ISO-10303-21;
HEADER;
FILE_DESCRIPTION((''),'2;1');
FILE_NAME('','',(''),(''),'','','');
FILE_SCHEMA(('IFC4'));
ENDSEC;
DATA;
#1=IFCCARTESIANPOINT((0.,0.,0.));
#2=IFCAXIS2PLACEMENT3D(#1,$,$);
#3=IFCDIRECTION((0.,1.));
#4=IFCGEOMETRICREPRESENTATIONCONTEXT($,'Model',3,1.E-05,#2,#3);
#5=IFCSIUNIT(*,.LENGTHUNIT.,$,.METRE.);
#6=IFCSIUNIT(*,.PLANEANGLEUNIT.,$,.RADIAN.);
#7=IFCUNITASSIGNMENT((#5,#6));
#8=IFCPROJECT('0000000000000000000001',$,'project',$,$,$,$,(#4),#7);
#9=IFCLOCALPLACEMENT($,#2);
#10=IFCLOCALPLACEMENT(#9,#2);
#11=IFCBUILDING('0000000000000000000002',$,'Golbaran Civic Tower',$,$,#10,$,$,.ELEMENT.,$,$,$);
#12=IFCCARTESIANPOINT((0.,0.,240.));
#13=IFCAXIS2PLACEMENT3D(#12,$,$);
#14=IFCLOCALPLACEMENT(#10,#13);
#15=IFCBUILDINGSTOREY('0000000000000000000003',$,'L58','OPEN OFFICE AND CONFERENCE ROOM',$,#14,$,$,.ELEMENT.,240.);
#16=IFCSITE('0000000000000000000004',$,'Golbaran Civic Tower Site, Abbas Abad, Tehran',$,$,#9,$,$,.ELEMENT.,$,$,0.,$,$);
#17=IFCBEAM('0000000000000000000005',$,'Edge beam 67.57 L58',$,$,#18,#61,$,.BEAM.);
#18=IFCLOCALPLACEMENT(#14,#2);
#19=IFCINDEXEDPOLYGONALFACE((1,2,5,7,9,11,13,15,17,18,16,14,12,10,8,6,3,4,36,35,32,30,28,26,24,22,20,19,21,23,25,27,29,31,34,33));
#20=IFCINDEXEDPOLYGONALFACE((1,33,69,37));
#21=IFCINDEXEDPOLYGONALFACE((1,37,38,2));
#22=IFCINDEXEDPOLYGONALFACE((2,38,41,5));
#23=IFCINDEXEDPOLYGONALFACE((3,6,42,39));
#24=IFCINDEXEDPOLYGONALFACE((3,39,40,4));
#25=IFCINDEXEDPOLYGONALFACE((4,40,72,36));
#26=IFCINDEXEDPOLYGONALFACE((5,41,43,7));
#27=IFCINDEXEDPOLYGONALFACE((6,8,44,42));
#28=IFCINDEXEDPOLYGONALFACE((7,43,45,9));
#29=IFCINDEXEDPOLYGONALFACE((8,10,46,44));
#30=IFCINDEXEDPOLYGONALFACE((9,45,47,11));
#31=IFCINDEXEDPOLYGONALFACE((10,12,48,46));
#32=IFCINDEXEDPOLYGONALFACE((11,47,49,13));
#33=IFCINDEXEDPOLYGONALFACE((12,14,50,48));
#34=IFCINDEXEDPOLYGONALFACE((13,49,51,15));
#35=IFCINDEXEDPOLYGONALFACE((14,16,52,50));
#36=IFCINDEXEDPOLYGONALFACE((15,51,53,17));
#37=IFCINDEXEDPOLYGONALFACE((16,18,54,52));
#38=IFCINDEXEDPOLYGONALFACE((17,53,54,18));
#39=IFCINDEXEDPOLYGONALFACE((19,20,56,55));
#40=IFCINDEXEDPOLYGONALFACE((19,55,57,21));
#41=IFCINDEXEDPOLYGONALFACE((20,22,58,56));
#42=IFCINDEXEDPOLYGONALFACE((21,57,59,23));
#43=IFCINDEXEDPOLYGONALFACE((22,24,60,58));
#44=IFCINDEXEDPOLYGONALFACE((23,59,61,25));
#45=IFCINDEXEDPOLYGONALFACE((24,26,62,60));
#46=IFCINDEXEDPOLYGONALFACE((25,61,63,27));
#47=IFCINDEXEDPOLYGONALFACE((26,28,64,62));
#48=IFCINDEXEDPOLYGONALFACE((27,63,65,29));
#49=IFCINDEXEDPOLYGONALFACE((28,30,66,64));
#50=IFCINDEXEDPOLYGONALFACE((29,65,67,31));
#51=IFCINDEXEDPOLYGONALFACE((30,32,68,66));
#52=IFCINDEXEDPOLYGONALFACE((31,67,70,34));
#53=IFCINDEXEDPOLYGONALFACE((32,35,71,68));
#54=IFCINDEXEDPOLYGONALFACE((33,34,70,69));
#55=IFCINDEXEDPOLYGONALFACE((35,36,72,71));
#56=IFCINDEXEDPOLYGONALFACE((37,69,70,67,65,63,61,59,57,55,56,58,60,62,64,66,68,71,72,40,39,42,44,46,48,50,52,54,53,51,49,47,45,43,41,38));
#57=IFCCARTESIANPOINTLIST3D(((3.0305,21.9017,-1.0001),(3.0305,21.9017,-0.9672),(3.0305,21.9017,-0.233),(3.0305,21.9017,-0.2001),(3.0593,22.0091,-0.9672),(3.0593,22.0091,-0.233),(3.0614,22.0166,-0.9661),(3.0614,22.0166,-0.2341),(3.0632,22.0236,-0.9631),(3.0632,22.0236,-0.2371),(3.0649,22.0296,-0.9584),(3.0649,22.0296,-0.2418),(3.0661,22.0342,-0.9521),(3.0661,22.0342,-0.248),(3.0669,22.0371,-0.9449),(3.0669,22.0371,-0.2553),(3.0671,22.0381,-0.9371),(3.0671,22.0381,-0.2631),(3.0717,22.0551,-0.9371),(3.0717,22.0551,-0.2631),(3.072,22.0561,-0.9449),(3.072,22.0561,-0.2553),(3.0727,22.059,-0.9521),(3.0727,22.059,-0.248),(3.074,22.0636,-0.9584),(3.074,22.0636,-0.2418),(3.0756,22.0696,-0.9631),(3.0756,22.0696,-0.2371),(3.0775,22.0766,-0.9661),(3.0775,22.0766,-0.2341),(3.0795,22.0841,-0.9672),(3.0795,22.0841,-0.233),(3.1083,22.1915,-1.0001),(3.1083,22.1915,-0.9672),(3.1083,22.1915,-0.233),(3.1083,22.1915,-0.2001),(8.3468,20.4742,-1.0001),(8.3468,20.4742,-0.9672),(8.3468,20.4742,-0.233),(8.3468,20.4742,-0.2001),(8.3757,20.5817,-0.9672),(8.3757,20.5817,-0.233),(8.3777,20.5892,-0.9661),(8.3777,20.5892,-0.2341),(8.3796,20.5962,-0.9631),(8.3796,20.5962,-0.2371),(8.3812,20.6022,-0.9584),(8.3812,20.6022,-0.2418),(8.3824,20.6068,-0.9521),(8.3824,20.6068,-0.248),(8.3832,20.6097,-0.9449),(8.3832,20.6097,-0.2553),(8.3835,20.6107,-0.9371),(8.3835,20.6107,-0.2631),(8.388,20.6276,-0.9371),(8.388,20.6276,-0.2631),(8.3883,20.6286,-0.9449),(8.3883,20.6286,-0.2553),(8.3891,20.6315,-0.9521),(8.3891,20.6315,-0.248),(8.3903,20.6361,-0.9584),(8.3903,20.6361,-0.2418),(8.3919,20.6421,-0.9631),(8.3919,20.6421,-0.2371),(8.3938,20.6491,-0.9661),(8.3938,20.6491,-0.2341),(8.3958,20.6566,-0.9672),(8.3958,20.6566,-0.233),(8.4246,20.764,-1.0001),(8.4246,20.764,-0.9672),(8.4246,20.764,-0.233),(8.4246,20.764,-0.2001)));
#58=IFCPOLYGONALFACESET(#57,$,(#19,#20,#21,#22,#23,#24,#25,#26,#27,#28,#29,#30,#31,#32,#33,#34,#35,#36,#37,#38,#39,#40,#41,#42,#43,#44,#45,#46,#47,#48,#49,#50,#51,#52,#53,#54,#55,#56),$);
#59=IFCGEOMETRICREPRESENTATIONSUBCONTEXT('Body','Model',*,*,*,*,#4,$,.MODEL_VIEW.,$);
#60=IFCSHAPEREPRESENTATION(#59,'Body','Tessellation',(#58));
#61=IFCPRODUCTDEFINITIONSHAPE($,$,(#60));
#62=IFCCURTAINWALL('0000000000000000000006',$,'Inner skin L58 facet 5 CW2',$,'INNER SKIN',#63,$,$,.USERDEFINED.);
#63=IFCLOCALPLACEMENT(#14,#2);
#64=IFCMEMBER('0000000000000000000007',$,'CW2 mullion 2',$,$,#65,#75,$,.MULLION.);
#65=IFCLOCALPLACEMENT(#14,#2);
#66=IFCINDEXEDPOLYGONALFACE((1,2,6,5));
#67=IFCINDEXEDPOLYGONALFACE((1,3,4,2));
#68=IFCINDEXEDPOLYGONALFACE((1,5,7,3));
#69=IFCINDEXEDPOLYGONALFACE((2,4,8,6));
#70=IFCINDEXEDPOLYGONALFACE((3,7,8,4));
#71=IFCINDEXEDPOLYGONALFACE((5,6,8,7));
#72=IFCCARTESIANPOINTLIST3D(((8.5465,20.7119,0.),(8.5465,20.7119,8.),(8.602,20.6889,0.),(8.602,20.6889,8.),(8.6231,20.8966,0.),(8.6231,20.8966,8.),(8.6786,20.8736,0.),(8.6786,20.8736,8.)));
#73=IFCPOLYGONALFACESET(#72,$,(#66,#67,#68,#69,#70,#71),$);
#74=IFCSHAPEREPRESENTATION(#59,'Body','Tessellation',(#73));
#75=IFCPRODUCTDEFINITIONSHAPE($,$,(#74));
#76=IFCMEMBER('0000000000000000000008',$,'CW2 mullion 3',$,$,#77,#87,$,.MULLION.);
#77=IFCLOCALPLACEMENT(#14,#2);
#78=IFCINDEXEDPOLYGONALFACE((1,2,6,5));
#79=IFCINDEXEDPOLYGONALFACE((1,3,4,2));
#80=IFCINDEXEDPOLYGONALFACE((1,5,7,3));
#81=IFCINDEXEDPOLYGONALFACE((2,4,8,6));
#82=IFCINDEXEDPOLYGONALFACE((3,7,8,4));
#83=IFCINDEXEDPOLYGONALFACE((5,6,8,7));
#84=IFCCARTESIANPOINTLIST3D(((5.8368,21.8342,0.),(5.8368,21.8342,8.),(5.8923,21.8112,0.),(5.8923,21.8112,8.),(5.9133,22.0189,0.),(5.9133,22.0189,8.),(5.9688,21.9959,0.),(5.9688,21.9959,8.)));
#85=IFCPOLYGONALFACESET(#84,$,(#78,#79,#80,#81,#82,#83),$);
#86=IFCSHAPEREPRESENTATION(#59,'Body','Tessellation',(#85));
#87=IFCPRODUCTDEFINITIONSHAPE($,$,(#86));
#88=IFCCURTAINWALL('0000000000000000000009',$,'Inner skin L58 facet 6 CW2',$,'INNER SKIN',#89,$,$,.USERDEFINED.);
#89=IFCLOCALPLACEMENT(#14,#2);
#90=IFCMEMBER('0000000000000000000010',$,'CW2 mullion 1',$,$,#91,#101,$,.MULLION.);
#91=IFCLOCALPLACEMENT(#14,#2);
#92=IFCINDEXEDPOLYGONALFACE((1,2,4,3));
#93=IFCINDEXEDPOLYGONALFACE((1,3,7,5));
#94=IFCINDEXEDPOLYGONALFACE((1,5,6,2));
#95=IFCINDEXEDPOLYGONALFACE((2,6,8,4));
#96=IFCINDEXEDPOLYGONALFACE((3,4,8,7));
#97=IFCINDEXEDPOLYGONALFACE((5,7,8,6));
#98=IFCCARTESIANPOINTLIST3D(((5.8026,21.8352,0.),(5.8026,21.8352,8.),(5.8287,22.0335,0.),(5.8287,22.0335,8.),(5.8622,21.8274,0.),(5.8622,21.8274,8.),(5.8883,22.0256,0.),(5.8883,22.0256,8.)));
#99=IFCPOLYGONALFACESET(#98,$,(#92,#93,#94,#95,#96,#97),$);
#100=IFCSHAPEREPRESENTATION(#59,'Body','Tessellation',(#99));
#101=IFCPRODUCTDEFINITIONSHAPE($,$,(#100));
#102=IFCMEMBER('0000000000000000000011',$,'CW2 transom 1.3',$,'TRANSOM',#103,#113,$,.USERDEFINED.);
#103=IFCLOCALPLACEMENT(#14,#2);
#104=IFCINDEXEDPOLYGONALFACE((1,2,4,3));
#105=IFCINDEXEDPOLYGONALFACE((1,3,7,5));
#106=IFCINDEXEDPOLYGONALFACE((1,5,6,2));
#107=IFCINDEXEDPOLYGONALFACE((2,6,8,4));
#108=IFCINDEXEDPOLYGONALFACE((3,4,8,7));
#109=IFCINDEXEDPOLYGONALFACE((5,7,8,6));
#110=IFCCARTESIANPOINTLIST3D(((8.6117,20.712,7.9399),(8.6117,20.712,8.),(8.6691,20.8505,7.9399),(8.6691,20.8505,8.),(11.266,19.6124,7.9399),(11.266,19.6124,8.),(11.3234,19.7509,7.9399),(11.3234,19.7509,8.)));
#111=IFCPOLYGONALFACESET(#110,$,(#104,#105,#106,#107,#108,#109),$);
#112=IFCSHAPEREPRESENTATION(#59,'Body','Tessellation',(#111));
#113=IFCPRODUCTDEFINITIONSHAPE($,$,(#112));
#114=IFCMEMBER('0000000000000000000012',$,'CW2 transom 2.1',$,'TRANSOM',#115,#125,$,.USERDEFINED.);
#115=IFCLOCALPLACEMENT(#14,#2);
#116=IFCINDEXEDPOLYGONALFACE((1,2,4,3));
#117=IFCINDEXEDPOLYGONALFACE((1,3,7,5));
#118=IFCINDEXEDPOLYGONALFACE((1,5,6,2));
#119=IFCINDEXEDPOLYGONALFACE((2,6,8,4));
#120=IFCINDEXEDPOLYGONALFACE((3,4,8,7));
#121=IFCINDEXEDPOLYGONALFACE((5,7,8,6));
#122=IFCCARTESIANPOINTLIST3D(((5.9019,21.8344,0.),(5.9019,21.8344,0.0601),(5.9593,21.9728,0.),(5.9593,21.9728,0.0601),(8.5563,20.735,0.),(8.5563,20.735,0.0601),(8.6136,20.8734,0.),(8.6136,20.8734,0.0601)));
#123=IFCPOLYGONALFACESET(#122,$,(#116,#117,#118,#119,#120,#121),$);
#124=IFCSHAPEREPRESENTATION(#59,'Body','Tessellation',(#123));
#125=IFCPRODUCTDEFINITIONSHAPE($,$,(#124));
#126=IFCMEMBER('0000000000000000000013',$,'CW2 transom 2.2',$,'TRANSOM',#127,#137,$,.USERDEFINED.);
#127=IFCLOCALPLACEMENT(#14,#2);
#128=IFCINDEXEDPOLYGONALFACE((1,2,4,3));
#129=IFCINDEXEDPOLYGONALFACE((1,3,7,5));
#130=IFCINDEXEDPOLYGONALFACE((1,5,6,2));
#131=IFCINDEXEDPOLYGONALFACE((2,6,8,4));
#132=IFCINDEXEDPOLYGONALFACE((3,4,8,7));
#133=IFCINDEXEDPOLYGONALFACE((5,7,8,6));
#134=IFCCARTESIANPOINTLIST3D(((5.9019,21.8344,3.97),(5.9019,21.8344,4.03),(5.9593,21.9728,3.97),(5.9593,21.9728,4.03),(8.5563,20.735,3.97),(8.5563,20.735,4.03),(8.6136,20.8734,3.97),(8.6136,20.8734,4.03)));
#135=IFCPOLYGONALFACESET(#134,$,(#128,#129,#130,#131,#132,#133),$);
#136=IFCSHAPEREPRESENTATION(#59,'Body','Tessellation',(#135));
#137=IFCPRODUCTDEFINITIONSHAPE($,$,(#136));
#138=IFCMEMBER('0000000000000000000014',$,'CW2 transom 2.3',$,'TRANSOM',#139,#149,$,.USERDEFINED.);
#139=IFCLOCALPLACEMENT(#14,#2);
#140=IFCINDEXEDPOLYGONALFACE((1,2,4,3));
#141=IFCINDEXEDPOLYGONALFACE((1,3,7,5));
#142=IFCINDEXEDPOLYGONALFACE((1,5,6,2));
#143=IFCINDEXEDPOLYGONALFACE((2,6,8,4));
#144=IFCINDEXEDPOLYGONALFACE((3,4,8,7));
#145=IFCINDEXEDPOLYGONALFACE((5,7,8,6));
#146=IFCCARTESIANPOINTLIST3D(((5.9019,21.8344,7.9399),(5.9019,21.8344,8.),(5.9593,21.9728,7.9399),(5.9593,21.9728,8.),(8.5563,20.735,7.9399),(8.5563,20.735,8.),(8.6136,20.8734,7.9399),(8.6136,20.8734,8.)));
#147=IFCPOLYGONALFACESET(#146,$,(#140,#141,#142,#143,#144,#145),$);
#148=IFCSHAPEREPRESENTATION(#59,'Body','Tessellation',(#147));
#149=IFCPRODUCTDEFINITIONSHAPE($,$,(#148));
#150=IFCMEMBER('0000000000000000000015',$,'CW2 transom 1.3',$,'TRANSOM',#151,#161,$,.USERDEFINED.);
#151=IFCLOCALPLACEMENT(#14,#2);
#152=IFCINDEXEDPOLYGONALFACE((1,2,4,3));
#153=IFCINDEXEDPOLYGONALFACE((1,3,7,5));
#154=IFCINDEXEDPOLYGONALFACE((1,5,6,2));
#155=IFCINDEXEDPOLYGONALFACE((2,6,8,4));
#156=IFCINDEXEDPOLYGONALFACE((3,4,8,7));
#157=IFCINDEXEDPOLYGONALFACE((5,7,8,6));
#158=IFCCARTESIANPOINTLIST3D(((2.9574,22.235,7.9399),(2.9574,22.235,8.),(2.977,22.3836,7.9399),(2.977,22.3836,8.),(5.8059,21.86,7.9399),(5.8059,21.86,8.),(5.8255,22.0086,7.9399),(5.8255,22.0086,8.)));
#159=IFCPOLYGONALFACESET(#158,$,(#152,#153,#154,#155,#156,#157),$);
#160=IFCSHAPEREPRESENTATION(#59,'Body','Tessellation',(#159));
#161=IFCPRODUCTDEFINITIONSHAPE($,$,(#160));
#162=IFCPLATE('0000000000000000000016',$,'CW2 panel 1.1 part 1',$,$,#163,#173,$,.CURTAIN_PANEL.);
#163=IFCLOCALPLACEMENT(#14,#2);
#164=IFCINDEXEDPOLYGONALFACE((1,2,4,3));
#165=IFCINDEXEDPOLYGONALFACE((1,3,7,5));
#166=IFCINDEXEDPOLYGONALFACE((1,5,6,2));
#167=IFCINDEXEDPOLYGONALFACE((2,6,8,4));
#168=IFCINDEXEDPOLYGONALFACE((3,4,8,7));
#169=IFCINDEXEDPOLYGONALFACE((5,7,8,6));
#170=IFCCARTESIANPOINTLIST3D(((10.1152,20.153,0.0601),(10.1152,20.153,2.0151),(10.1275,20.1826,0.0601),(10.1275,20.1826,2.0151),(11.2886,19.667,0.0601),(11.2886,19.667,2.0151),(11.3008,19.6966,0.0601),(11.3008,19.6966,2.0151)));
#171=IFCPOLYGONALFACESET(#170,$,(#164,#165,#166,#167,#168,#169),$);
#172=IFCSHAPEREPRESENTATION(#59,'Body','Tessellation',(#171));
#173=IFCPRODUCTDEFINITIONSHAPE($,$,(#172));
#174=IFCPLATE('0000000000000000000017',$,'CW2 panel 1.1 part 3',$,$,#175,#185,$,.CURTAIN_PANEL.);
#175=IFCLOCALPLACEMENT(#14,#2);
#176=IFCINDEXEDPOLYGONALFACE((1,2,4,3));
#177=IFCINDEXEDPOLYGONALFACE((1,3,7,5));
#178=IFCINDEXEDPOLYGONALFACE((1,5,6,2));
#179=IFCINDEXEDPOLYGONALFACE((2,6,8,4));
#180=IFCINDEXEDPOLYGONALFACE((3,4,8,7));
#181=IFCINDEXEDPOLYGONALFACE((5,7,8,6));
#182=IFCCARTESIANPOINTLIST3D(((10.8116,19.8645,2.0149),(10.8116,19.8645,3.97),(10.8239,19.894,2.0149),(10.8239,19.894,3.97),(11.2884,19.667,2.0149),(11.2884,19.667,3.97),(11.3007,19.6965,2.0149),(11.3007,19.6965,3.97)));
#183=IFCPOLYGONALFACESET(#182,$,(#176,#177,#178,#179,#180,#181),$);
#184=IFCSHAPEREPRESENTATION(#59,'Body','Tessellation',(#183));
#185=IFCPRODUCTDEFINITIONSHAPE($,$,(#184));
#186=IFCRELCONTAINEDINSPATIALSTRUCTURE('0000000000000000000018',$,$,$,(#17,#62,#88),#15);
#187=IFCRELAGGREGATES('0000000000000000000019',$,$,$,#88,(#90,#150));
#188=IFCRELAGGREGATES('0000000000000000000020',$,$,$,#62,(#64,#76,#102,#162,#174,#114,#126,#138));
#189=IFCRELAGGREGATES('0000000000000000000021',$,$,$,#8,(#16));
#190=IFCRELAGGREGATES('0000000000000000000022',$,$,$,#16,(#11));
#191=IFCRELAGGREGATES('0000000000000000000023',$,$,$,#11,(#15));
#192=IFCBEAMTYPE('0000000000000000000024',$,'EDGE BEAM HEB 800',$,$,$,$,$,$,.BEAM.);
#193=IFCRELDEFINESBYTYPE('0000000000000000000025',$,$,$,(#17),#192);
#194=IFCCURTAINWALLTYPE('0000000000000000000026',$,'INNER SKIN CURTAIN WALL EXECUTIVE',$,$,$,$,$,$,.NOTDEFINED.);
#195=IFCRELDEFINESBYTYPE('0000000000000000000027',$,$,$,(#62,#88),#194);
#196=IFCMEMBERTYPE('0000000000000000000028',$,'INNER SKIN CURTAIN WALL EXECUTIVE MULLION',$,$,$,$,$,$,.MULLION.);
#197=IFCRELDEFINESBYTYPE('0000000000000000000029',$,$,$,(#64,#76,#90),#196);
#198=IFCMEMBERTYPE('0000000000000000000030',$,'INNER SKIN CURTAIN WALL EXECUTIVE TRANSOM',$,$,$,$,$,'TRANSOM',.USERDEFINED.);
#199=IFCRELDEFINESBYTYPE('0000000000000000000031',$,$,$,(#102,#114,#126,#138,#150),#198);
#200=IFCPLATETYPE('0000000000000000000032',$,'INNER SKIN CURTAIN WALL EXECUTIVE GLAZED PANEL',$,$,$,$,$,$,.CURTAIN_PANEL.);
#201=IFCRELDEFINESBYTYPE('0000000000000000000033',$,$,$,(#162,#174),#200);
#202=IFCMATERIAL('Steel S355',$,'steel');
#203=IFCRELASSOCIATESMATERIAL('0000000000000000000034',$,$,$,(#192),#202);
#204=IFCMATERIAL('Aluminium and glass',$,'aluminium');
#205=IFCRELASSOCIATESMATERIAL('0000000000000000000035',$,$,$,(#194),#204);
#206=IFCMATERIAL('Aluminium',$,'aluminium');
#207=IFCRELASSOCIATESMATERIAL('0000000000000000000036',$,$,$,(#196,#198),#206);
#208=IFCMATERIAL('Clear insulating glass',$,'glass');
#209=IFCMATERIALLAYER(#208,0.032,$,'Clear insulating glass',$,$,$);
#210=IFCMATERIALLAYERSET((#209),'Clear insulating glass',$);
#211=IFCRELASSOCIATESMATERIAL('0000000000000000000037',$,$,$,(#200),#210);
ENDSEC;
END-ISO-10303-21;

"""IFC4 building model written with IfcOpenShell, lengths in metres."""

from ifc_helpers import new_model, si_unit, direction, frame, origin, origin_2d, place, context, subcontext, project, spatial, rectangle, i_section, extrude, material, layer, layer_set, material_profile, profile_set, type_object, element, aggregate, save


model = new_model("IFC4")

# Units and contexts
model_context = context("Model", 3, precision=1e-05, world=origin(), true_north=direction((0.0, 1.0)))
body_context = subcontext(model_context, "Body", "Model", "MODEL_VIEW")
ifc_project = project(units=[si_unit("LENGTHUNIT", "METRE"), si_unit("PLANEANGLEUNIT", "RADIAN")], contexts=[model_context])

# Site, building, storey
site_placement = place(None, origin())
site = spatial("IfcSite", under=ifc_project, at=site_placement, Name="Golbaran Civic Tower Site, Abbas Abad, Tehran", CompositionType="ELEMENT", RefElevation=0.0)
building_placement = place(site_placement, origin())
building = spatial("IfcBuilding", under=site, at=building_placement, Name="Golbaran Civic Tower", CompositionType="ELEMENT")
storey_placement = place(building_placement, frame((0.0, 0.0, 240.0)))
storey = spatial("IfcBuildingStorey", under=building, at=storey_placement, Name="L58", Description="OPEN OFFICE AND CONFERENCE ROOM", CompositionType="ELEMENT", Elevation=240.0)

# Beam
ifc_material_1 = material(Name="Steel S355", Category="steel")
ifc_material_profile_1 = material_profile(ifc_material_1, i_section(OverallWidth=0.3, OverallDepth=0.8, WebThickness=0.0176, FlangeThickness=0.033, FilletRadius=0.03, at=origin_2d()), Name="HEB 800")
ifc_profile_set_1 = profile_set([ifc_material_profile_1], Name="Steel S355")
beam_type = type_object("IfcBeamType", Name="EDGE BEAM HEB 800", PredefinedType="BEAM", material=ifc_profile_set_1)
beam_placement = place(storey_placement, frame((8.3857, 20.6191, -0.6001), z_axis=(-0.965791, 0.259321, 0.0), x_axis=(-0.259321, -0.965791, 0.0)))
element("IfcBeam", 1, at=beam_placement, inside=storey, type_object=beam_type, Name="Edge beam 67.57 L58", PredefinedType="BEAM", context=body_context, shape_type="SweptSolid", body=[
    extrude(i_section(OverallWidth=0.3, OverallDepth=0.8, WebThickness=0.0176, FlangeThickness=0.033, FilletRadius=0.03, at=origin_2d()), origin(), (0.0, 0.0, 1.0), 5.5046),
])

# Curtain wall, members
ifc_material_2 = material(Name="Aluminium and glass", Category="aluminium")
curtain_wall_type = type_object("IfcCurtainWallType", Name="INNER SKIN CURTAIN WALL EXECUTIVE", PredefinedType="NOTDEFINED", material=ifc_material_2)
curtain_wall_1_placement = place(storey_placement, origin())
curtain_wall_1 = element("IfcCurtainWall", 2, at=curtain_wall_1_placement, inside=storey, type_object=curtain_wall_type, Name="Inner skin L58 facet 5 CW2", ObjectType="INNER SKIN", PredefinedType="USERDEFINED")
ifc_material_3 = material(Name="Aluminium", Category="aluminium")
ifc_material_profile_2 = material_profile(ifc_material_3, rectangle(XDim=0.2, YDim=0.0601, at=origin_2d()), Name="INNER SKIN CURTAIN WALL EXECUTIVE MULLION")
ifc_profile_set_2 = profile_set([ifc_material_profile_2], Name="Aluminium")
member_type_1 = type_object("IfcMemberType", Name="INNER SKIN CURTAIN WALL EXECUTIVE MULLION", PredefinedType="MULLION", material=ifc_profile_set_2)
member_1_placement = place(storey_placement, frame((8.6125, 20.7927, 0.0), z_axis=(0.0, 0.0, 1.0), x_axis=(-0.382683, -0.92388, 0.0)))
member_1 = element("IfcMember", 3, at=member_1_placement, type_object=member_type_1, Name="CW2 mullion 2", PredefinedType="MULLION", context=body_context, shape_type="SweptSolid", body=[
    extrude(rectangle(XDim=0.2, YDim=0.0601, at=origin_2d()), origin(), (0.0, 0.0, 1.0), 8.0),
])
member_2_placement = place(storey_placement, frame((5.9028, 21.915, 0.0), z_axis=(0.0, 0.0, 1.0), x_axis=(-0.382683, -0.92388, 0.0)))
member_2 = element("IfcMember", 4, at=member_2_placement, type_object=member_type_1, Name="CW2 mullion 3", PredefinedType="MULLION", context=body_context, shape_type="SweptSolid", body=[
    extrude(rectangle(XDim=0.2, YDim=0.0601, at=origin_2d()), origin(), (0.0, 0.0, 1.0), 8.0),
])

# Curtain wall, member
curtain_wall_2_placement = place(storey_placement, origin())
curtain_wall_2 = element("IfcCurtainWall", 5, at=curtain_wall_2_placement, inside=storey, type_object=curtain_wall_type, Name="Inner skin L58 facet 6 CW2", ObjectType="INNER SKIN", PredefinedType="USERDEFINED")
member_3_placement = place(storey_placement, frame((5.8455, 21.9304, 0.0), z_axis=(0.0, 0.0, 1.0), x_axis=(-0.130526, -0.991445, 0.0)))
member_3 = element("IfcMember", 6, at=member_3_placement, type_object=member_type_1, Name="CW2 mullion 1", PredefinedType="MULLION", context=body_context, shape_type="SweptSolid", body=[
    extrude(rectangle(XDim=0.2, YDim=0.0601, at=origin_2d()), origin(), (0.0, 0.0, 1.0), 8.0),
])

# Members
ifc_material_profile_3 = material_profile(ifc_material_3, rectangle(XDim=0.1499, YDim=0.0601, at=origin_2d()), Name="INNER SKIN CURTAIN WALL EXECUTIVE TRANSOM")
ifc_profile_set_3 = profile_set([ifc_material_profile_3], Name="Aluminium")
member_type_2 = type_object("IfcMemberType", Name="INNER SKIN CURTAIN WALL EXECUTIVE TRANSOM", ElementType="TRANSOM", PredefinedType="USERDEFINED", material=ifc_profile_set_3)
member_4_placement = place(storey_placement, frame((11.2947, 19.6816, 7.97), z_axis=(-0.923859, 0.382732, 0.0), x_axis=(-0.382732, -0.923859, 0.0)))
member_4 = element("IfcMember", 7, at=member_4_placement, type_object=member_type_2, Name="CW2 transom 1.3", ObjectType="TRANSOM", PredefinedType="USERDEFINED", context=body_context, shape_type="SweptSolid", body=[
    extrude(rectangle(XDim=0.1499, YDim=0.0601, at=origin_2d()), origin(), (0.0, 0.0, 1.0), 2.873),
])
member_5_placement = place(storey_placement, frame((8.585, 20.8042, 0.03), z_axis=(-0.923889, 0.38266, 0.0), x_axis=(-0.38266, -0.923889, 0.0)))
member_5 = element("IfcMember", 8, at=member_5_placement, type_object=member_type_2, Name="CW2 transom 2.1", ObjectType="TRANSOM", PredefinedType="USERDEFINED", context=body_context, shape_type="SweptSolid", body=[
    extrude(rectangle(XDim=0.1499, YDim=0.0601, at=origin_2d()), origin(), (0.0, 0.0, 1.0), 2.873),
])
member_6_placement = place(storey_placement, frame((8.585, 20.8042, 4.0), z_axis=(-0.923889, 0.38266, 0.0), x_axis=(-0.38266, -0.923889, 0.0)))
member_6 = element("IfcMember", 9, at=member_6_placement, type_object=member_type_2, Name="CW2 transom 2.2", ObjectType="TRANSOM", PredefinedType="USERDEFINED", context=body_context, shape_type="SweptSolid", body=[
    extrude(rectangle(XDim=0.1499, YDim=0.0601, at=origin_2d()), origin(), (0.0, 0.0, 1.0), 2.873),
])
member_7_placement = place(storey_placement, frame((8.585, 20.8042, 7.97), z_axis=(-0.923889, 0.38266, 0.0), x_axis=(-0.38266, -0.923889, 0.0)))
member_7 = element("IfcMember", 10, at=member_7_placement, type_object=member_type_2, Name="CW2 transom 2.3", ObjectType="TRANSOM", PredefinedType="USERDEFINED", context=body_context, shape_type="SweptSolid", body=[
    extrude(rectangle(XDim=0.1499, YDim=0.0601, at=origin_2d()), origin(), (0.0, 0.0, 1.0), 2.873),
])
member_8_placement = place(storey_placement, frame((5.8157, 21.9343, 7.97), z_axis=(-0.991445, 0.130527, 0.0), x_axis=(-0.130527, -0.991445, 0.0)))
member_8 = element("IfcMember", 11, at=member_8_placement, type_object=member_type_2, Name="CW2 transom 1.3", ObjectType="TRANSOM", PredefinedType="USERDEFINED", context=body_context, shape_type="SweptSolid", body=[
    extrude(rectangle(XDim=0.1499, YDim=0.0601, at=origin_2d()), origin(), (0.0, 0.0, 1.0), 2.873),
])
aggregate(curtain_wall_2, [member_3, member_8])

# Plates
ifc_material_4 = material(Name="Clear insulating glass", Category="glass")
ifc_layer_1 = layer(ifc_material_4, 0.032, Name="Clear insulating glass")
ifc_layer_set_1 = layer_set([ifc_layer_1], Name="Clear insulating glass")
plate_type_1 = type_object("IfcPlateType", Name="INNER SKIN CURTAIN WALL EXECUTIVE GLAZED PANEL", PredefinedType="CURTAIN_PANEL", material=ifc_layer_set_1)
plate_1_placement = place(storey_placement, frame((10.708, 19.9248, 0.0601), z_axis=(0.0, 0.0, 1.0), x_axis=(-0.92388, 0.382683, 0.0)))
plate_1 = element("IfcPlate", 12, at=plate_1_placement, type_object=plate_type_1, Name="CW2 panel 1.1 part 1", PredefinedType="CURTAIN_PANEL", context=body_context, shape_type="SweptSolid", body=[
    extrude(rectangle(XDim=1.27, YDim=0.032, at=origin_2d()), origin(), (0.0, 0.0, 1.0), 1.9551),
])
plate_2_placement = place(storey_placement, frame((11.0562, 19.7805, 2.0149), z_axis=(0.0, 0.0, 1.0), x_axis=(-0.92388, 0.382683, 0.0)))
plate_2 = element("IfcPlate", 13, at=plate_2_placement, type_object=plate_type_1, Name="CW2 panel 1.1 part 3", PredefinedType="CURTAIN_PANEL", context=body_context, shape_type="SweptSolid", body=[
    extrude(rectangle(XDim=0.5161, YDim=0.032, at=origin_2d()), origin(), (0.0, 0.0, 1.0), 1.9551),
])
aggregate(curtain_wall_1, [member_1, member_2, member_4, plate_1, plate_2, member_5, member_6, member_7])

save(model, "model.ifc")
